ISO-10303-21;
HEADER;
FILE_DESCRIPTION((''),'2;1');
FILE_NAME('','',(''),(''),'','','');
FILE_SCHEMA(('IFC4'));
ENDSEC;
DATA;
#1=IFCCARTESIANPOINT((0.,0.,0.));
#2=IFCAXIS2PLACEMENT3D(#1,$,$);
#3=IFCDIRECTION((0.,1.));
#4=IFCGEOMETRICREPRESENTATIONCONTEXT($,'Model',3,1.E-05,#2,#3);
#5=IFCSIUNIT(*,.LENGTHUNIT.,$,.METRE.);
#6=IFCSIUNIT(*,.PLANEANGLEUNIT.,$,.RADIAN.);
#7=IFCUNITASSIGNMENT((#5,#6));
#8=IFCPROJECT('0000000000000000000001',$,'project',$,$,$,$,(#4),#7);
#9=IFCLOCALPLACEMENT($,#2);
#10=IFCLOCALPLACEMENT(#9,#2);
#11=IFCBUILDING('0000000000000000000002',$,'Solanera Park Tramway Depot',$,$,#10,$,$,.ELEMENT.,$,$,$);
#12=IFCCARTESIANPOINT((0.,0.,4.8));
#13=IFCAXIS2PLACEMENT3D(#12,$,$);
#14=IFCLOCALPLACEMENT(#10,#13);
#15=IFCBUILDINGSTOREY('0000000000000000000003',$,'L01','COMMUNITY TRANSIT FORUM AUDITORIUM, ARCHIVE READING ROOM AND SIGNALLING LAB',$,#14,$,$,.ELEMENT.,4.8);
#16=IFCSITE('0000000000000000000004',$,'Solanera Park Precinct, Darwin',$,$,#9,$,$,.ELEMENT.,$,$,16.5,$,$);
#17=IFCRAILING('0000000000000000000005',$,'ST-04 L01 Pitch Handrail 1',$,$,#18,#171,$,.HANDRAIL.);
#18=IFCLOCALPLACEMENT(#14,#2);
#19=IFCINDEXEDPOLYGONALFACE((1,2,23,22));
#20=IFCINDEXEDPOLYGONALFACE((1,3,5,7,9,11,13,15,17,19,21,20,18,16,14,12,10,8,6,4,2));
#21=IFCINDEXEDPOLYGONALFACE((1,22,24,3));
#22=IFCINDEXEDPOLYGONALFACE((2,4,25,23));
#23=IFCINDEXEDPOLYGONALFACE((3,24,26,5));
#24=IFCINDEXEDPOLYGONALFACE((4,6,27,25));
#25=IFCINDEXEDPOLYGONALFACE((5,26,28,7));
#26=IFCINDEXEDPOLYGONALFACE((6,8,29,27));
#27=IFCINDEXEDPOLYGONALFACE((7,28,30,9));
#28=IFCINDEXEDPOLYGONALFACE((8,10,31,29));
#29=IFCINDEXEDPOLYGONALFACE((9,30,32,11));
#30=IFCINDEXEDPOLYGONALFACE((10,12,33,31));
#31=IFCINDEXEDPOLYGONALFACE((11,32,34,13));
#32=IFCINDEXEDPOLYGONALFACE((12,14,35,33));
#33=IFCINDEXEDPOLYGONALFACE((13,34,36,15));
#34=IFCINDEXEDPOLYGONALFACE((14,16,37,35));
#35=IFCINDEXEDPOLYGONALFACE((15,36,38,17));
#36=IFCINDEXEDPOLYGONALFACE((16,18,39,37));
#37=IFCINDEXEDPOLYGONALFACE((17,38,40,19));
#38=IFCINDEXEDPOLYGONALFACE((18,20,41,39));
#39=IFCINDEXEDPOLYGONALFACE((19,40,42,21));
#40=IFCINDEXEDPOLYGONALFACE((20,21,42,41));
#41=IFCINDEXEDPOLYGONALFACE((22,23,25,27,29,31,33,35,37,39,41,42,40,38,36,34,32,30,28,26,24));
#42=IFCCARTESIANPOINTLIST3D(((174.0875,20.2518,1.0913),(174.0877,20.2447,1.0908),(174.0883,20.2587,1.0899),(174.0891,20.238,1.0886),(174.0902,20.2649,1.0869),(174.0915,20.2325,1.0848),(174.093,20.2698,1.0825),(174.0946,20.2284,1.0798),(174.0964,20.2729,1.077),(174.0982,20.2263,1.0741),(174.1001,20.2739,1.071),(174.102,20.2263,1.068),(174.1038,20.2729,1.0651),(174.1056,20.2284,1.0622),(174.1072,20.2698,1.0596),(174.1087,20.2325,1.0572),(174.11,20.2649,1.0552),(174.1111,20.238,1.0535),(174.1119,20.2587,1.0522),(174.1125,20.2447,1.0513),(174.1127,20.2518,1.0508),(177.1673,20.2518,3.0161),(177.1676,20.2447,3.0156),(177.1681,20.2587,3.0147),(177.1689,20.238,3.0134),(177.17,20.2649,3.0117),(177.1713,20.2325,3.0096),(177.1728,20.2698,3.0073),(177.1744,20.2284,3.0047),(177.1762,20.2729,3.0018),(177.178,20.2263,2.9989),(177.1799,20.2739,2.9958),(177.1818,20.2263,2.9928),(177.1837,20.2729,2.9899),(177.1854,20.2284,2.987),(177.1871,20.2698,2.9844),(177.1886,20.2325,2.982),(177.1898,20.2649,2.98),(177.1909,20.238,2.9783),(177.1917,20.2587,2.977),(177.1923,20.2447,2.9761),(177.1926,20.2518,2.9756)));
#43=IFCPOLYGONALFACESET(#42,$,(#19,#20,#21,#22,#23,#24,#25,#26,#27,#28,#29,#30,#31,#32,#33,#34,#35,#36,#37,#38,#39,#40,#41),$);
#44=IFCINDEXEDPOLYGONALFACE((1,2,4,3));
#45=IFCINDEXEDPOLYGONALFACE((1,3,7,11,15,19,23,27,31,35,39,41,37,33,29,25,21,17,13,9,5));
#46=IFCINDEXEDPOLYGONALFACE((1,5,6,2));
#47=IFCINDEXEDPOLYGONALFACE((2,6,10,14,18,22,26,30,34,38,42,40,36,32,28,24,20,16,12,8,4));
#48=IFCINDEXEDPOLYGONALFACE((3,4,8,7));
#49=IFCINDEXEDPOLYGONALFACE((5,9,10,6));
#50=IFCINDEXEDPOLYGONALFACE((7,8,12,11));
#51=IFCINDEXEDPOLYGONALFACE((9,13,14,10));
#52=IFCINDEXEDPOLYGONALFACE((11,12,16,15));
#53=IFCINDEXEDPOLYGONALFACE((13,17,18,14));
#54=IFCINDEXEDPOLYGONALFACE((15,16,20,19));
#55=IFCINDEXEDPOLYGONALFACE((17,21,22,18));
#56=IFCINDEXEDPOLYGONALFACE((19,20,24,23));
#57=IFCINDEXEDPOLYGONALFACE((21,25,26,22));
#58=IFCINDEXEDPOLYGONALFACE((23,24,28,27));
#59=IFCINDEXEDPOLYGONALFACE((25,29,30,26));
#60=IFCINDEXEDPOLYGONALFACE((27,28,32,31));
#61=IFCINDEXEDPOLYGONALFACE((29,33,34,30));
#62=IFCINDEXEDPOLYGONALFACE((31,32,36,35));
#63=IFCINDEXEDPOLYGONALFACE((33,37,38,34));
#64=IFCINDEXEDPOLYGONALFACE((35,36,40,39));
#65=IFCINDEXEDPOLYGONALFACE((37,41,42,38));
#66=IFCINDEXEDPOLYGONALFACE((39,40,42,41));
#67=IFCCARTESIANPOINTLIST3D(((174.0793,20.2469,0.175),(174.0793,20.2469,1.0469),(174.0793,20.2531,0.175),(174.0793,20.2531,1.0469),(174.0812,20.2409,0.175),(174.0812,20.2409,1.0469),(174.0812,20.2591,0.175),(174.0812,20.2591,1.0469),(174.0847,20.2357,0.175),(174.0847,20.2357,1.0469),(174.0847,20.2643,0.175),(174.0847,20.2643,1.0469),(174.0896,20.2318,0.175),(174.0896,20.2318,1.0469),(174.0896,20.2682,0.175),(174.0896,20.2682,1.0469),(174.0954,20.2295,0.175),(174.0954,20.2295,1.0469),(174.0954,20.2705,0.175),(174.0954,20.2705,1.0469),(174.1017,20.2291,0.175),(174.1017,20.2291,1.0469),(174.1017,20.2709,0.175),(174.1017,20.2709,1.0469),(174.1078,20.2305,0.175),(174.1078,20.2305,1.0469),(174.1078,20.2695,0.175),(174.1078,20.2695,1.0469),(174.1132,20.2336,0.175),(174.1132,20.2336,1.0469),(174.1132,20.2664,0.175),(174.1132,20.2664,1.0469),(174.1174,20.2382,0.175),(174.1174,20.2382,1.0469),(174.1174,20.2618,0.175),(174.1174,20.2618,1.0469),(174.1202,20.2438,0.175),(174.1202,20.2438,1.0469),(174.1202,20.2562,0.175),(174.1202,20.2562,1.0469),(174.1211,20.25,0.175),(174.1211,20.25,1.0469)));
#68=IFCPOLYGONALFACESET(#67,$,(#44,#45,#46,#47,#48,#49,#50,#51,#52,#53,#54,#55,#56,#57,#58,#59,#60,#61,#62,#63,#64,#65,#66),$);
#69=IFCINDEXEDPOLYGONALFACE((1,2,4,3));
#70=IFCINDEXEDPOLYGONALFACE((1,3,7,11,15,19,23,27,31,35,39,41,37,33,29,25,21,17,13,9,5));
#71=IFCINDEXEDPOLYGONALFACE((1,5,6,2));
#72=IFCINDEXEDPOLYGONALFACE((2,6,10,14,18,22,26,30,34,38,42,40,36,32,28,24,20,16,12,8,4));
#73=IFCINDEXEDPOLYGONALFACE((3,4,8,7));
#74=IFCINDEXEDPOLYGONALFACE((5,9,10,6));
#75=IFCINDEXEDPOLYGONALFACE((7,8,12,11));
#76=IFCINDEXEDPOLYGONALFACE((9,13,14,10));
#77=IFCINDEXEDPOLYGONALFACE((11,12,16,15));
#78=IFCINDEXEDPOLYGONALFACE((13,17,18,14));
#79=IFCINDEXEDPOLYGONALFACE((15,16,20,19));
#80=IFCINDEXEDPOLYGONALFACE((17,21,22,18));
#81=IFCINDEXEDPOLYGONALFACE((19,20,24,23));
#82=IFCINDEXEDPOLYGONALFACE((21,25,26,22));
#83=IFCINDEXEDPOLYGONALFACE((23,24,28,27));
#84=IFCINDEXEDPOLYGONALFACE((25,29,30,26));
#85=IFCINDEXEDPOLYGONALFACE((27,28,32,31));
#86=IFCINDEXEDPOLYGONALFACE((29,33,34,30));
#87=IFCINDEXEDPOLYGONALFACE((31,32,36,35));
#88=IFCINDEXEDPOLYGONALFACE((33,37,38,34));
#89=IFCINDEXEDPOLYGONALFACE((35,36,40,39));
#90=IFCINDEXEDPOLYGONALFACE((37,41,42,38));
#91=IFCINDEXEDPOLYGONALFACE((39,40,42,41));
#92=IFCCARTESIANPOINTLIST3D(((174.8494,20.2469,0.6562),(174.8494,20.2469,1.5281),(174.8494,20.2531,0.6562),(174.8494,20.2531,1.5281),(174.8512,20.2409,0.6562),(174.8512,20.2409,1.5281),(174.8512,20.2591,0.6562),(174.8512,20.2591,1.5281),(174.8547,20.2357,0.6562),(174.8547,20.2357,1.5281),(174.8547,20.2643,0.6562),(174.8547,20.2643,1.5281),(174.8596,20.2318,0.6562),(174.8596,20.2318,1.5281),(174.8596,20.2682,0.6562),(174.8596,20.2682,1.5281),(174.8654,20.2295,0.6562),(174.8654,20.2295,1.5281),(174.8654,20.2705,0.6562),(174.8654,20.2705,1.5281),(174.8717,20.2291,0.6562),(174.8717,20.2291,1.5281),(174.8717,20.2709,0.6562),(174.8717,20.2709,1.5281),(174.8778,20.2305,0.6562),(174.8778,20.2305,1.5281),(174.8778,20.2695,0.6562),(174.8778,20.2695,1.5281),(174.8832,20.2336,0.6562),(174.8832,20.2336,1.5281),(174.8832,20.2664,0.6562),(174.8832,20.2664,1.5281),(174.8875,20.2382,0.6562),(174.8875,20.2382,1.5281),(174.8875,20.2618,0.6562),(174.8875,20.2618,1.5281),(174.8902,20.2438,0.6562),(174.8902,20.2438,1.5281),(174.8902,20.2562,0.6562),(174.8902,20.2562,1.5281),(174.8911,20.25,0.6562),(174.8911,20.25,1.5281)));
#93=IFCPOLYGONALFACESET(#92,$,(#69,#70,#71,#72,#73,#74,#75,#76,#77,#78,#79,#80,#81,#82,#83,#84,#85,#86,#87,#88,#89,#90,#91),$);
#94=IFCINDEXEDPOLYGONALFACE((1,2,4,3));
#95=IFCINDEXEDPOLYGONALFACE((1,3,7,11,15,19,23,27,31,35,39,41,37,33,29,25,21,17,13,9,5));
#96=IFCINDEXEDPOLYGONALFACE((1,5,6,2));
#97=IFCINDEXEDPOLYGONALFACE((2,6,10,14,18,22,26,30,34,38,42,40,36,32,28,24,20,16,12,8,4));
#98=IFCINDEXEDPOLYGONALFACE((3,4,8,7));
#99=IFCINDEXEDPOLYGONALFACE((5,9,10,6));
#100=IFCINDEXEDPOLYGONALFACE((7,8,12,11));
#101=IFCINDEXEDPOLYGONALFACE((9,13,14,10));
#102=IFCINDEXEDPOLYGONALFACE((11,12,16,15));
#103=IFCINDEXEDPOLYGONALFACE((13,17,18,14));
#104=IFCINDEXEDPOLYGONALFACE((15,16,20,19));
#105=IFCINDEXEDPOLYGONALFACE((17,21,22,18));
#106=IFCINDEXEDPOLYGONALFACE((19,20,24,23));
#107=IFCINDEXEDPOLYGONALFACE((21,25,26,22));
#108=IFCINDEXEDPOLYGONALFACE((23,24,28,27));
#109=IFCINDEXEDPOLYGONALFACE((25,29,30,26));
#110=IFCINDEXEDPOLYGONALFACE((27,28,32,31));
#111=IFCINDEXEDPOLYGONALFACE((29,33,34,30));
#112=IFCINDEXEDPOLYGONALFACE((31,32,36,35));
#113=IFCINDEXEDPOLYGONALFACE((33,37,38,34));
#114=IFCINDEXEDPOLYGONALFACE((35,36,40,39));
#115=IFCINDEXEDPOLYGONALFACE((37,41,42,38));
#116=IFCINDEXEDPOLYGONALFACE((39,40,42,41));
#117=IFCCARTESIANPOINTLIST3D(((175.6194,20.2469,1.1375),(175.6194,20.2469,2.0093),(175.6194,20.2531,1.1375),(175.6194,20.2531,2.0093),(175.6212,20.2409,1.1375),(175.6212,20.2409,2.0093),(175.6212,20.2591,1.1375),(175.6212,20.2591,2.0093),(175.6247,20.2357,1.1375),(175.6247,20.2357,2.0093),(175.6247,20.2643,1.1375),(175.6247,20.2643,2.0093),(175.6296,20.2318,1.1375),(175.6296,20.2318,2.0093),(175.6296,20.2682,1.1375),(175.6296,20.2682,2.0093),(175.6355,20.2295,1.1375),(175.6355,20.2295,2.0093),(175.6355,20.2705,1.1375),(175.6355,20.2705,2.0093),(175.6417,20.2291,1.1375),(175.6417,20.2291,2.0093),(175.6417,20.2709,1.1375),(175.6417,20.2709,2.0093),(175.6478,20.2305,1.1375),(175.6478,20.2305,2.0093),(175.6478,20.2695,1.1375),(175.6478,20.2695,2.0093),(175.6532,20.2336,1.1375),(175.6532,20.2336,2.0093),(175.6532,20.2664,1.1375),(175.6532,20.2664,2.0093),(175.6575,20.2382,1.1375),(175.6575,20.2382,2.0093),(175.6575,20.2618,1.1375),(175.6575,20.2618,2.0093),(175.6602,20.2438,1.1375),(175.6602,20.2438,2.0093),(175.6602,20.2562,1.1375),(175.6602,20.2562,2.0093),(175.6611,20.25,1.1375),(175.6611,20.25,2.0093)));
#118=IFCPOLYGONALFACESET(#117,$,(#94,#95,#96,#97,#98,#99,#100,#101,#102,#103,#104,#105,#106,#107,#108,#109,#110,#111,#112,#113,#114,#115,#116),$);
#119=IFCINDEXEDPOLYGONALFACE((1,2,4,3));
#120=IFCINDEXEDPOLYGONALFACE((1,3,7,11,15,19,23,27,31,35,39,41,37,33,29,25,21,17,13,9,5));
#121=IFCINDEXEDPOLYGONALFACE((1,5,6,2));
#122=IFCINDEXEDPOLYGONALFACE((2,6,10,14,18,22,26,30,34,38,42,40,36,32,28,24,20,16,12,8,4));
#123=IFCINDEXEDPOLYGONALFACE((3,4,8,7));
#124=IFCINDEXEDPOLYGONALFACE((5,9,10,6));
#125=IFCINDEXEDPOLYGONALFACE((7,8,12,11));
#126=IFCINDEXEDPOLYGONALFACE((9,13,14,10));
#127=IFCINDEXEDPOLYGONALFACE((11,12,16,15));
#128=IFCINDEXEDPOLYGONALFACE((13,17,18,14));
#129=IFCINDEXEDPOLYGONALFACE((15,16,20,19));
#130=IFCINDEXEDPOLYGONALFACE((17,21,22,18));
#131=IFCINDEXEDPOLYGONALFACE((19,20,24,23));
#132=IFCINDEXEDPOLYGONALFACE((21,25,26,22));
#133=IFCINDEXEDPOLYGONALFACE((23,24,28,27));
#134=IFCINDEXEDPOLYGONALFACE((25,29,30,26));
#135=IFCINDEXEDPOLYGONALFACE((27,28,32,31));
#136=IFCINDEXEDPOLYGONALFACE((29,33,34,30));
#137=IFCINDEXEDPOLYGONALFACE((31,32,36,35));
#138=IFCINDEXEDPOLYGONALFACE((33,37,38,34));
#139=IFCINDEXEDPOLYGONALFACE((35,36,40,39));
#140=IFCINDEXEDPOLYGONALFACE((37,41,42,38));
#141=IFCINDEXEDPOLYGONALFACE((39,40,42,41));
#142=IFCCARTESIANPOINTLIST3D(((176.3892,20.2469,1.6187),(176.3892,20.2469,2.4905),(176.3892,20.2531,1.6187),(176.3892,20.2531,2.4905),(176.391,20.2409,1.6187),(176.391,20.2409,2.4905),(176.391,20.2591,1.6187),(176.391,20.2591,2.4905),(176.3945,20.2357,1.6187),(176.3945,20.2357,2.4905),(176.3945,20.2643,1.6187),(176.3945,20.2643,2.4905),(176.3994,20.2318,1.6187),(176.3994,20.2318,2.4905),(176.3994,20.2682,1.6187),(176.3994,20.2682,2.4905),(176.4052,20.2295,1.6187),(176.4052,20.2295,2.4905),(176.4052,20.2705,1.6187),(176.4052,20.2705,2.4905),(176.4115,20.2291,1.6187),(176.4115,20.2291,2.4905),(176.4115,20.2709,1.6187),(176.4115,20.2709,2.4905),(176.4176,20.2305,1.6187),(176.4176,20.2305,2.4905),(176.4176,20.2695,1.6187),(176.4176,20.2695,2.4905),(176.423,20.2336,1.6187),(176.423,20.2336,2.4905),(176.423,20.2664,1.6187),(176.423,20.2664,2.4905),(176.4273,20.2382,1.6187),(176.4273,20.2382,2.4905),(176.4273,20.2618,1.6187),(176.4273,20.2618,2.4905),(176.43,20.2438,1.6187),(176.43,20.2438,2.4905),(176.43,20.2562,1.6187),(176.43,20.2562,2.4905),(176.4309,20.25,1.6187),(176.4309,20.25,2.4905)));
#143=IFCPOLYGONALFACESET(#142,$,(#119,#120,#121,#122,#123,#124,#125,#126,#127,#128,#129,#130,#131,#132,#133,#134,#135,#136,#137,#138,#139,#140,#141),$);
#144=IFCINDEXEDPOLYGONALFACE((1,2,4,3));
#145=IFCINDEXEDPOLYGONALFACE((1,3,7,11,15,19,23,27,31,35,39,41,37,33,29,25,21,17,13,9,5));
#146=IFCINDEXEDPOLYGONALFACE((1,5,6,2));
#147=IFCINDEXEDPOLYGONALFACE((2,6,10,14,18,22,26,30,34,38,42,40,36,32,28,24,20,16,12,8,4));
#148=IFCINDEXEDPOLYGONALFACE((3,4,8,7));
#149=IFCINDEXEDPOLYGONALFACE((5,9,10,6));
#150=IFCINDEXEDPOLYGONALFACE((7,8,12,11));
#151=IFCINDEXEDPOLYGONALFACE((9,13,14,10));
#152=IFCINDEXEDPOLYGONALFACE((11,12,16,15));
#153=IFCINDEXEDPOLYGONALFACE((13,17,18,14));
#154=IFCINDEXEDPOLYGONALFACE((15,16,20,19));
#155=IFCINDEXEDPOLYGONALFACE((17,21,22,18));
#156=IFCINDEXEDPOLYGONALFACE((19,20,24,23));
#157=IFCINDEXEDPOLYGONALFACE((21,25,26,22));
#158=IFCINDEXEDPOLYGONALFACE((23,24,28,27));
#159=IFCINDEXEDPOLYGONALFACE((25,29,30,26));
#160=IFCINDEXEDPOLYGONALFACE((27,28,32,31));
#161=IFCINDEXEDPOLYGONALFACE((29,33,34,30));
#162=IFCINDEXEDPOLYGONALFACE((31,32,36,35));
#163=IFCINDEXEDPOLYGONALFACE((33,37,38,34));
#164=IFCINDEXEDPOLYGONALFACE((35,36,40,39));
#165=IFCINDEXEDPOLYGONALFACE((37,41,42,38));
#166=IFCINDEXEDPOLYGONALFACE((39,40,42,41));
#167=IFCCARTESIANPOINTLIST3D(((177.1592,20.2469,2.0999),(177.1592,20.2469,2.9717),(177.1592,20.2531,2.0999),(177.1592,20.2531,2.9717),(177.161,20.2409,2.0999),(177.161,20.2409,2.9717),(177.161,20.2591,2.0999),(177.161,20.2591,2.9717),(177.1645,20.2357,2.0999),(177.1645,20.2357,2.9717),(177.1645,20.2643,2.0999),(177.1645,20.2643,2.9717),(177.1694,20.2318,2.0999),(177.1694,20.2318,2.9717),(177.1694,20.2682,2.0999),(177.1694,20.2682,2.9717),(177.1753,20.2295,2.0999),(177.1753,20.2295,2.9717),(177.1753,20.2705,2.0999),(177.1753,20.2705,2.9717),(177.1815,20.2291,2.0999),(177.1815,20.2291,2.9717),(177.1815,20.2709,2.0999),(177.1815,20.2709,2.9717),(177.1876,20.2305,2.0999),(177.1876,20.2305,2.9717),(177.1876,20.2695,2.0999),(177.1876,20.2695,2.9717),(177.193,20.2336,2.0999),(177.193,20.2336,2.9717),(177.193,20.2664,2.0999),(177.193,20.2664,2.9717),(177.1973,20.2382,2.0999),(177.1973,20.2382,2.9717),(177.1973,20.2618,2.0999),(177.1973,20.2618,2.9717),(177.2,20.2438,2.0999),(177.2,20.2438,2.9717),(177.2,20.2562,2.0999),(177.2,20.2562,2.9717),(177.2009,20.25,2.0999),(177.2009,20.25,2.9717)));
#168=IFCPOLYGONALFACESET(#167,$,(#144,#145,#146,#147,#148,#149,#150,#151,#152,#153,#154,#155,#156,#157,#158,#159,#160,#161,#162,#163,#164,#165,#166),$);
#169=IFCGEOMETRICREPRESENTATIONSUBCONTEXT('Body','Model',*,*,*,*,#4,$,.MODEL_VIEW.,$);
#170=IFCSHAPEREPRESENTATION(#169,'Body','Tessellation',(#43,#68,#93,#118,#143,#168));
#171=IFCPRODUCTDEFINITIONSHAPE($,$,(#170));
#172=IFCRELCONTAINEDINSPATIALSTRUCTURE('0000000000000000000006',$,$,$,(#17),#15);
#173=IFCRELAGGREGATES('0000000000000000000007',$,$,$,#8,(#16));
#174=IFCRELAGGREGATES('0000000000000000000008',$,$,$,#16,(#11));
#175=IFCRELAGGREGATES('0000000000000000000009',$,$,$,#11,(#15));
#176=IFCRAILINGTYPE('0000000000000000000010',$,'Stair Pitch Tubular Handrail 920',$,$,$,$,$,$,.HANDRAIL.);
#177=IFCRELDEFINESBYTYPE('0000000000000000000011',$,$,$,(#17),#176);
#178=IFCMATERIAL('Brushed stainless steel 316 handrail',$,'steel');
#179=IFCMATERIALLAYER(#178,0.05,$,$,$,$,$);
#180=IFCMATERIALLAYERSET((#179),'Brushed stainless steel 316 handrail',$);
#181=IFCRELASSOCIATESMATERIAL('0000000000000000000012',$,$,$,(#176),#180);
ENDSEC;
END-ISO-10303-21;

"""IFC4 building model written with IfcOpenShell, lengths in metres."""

from ifc_helpers import new_model, si_unit, direction, frame, origin, origin_2d, place, context, subcontext, project, spatial, circle, extrude, material, layer, layer_set, type_object, element, save


model = new_model("IFC4")

# Units and contexts
model_context = context("Model", 3, precision=1e-05, world=origin(), true_north=direction((0.0, 1.0)))
body_context = subcontext(model_context, "Body", "Model", "MODEL_VIEW")
ifc_project = project(units=[si_unit("LENGTHUNIT", "METRE"), si_unit("PLANEANGLEUNIT", "RADIAN")], contexts=[model_context])

# Site, building, storey
site_placement = place(None, origin())
site = spatial("IfcSite", under=ifc_project, at=site_placement, Name="Solanera Park Precinct, Darwin", CompositionType="ELEMENT", RefElevation=16.5)
building_placement = place(site_placement, origin())
building = spatial("IfcBuilding", under=site, at=building_placement, Name="Solanera Park Tramway Depot", CompositionType="ELEMENT")
storey_placement = place(building_placement, frame((0.0, 0.0, 4.8)))
storey = spatial("IfcBuildingStorey", under=building, at=storey_placement, Name="L01", Description="COMMUNITY TRANSIT FORUM AUDITORIUM, ARCHIVE READING ROOM AND SIGNALLING LAB", CompositionType="ELEMENT", Elevation=4.8)

# Railing
ifc_material_1 = material(Name="Brushed stainless steel 316 handrail", Category="steel")
ifc_layer_1 = layer(ifc_material_1, 0.05)
ifc_layer_set_1 = layer_set([ifc_layer_1], Name="Brushed stainless steel 316 handrail")
railing_type_1 = type_object("IfcRailingType", Name="Stair Pitch Tubular Handrail 920", PredefinedType="HANDRAIL", material=ifc_layer_set_1)
railing_1_placement = place(storey_placement, frame((174.1001, 20.25, 0.175)))
element("IfcRailing", 1, at=railing_1_placement, inside=storey, type_object=railing_type_1, Name="ST-04 L01 Pitch Handrail 1", PredefinedType="HANDRAIL", context=body_context, shape_type="SweptSolid", body=[
    extrude(circle(Radius=0.0239, at=origin_2d()), frame((0.0, 0.0, 0.896), z_axis=(0.84801, 0.0, 0.529981), x_axis=(0.0, 1.0, 0.0)), (0.0, 0.0, 1.0), 3.6318),
    extrude(circle(Radius=0.021, at=origin_2d()), origin(), (0.0, 0.0, 1.0), 0.8718),
    extrude(circle(Radius=0.021, at=origin_2d()), frame((0.77, 0.0, 0.4812)), (0.0, 0.0, 1.0), 0.8718),
    extrude(circle(Radius=0.021, at=origin_2d()), frame((1.54, 0.0, 0.9624)), (0.0, 0.0, 1.0), 0.8718),
    extrude(circle(Radius=0.021, at=origin_2d()), frame((2.3098, 0.0, 1.4436)), (0.0, 0.0, 1.0), 0.8718),
    extrude(circle(Radius=0.021, at=origin_2d()), frame((3.0798, 0.0, 1.9248)), (0.0, 0.0, 1.0), 0.8718),
])

save(model, "model.ifc")
